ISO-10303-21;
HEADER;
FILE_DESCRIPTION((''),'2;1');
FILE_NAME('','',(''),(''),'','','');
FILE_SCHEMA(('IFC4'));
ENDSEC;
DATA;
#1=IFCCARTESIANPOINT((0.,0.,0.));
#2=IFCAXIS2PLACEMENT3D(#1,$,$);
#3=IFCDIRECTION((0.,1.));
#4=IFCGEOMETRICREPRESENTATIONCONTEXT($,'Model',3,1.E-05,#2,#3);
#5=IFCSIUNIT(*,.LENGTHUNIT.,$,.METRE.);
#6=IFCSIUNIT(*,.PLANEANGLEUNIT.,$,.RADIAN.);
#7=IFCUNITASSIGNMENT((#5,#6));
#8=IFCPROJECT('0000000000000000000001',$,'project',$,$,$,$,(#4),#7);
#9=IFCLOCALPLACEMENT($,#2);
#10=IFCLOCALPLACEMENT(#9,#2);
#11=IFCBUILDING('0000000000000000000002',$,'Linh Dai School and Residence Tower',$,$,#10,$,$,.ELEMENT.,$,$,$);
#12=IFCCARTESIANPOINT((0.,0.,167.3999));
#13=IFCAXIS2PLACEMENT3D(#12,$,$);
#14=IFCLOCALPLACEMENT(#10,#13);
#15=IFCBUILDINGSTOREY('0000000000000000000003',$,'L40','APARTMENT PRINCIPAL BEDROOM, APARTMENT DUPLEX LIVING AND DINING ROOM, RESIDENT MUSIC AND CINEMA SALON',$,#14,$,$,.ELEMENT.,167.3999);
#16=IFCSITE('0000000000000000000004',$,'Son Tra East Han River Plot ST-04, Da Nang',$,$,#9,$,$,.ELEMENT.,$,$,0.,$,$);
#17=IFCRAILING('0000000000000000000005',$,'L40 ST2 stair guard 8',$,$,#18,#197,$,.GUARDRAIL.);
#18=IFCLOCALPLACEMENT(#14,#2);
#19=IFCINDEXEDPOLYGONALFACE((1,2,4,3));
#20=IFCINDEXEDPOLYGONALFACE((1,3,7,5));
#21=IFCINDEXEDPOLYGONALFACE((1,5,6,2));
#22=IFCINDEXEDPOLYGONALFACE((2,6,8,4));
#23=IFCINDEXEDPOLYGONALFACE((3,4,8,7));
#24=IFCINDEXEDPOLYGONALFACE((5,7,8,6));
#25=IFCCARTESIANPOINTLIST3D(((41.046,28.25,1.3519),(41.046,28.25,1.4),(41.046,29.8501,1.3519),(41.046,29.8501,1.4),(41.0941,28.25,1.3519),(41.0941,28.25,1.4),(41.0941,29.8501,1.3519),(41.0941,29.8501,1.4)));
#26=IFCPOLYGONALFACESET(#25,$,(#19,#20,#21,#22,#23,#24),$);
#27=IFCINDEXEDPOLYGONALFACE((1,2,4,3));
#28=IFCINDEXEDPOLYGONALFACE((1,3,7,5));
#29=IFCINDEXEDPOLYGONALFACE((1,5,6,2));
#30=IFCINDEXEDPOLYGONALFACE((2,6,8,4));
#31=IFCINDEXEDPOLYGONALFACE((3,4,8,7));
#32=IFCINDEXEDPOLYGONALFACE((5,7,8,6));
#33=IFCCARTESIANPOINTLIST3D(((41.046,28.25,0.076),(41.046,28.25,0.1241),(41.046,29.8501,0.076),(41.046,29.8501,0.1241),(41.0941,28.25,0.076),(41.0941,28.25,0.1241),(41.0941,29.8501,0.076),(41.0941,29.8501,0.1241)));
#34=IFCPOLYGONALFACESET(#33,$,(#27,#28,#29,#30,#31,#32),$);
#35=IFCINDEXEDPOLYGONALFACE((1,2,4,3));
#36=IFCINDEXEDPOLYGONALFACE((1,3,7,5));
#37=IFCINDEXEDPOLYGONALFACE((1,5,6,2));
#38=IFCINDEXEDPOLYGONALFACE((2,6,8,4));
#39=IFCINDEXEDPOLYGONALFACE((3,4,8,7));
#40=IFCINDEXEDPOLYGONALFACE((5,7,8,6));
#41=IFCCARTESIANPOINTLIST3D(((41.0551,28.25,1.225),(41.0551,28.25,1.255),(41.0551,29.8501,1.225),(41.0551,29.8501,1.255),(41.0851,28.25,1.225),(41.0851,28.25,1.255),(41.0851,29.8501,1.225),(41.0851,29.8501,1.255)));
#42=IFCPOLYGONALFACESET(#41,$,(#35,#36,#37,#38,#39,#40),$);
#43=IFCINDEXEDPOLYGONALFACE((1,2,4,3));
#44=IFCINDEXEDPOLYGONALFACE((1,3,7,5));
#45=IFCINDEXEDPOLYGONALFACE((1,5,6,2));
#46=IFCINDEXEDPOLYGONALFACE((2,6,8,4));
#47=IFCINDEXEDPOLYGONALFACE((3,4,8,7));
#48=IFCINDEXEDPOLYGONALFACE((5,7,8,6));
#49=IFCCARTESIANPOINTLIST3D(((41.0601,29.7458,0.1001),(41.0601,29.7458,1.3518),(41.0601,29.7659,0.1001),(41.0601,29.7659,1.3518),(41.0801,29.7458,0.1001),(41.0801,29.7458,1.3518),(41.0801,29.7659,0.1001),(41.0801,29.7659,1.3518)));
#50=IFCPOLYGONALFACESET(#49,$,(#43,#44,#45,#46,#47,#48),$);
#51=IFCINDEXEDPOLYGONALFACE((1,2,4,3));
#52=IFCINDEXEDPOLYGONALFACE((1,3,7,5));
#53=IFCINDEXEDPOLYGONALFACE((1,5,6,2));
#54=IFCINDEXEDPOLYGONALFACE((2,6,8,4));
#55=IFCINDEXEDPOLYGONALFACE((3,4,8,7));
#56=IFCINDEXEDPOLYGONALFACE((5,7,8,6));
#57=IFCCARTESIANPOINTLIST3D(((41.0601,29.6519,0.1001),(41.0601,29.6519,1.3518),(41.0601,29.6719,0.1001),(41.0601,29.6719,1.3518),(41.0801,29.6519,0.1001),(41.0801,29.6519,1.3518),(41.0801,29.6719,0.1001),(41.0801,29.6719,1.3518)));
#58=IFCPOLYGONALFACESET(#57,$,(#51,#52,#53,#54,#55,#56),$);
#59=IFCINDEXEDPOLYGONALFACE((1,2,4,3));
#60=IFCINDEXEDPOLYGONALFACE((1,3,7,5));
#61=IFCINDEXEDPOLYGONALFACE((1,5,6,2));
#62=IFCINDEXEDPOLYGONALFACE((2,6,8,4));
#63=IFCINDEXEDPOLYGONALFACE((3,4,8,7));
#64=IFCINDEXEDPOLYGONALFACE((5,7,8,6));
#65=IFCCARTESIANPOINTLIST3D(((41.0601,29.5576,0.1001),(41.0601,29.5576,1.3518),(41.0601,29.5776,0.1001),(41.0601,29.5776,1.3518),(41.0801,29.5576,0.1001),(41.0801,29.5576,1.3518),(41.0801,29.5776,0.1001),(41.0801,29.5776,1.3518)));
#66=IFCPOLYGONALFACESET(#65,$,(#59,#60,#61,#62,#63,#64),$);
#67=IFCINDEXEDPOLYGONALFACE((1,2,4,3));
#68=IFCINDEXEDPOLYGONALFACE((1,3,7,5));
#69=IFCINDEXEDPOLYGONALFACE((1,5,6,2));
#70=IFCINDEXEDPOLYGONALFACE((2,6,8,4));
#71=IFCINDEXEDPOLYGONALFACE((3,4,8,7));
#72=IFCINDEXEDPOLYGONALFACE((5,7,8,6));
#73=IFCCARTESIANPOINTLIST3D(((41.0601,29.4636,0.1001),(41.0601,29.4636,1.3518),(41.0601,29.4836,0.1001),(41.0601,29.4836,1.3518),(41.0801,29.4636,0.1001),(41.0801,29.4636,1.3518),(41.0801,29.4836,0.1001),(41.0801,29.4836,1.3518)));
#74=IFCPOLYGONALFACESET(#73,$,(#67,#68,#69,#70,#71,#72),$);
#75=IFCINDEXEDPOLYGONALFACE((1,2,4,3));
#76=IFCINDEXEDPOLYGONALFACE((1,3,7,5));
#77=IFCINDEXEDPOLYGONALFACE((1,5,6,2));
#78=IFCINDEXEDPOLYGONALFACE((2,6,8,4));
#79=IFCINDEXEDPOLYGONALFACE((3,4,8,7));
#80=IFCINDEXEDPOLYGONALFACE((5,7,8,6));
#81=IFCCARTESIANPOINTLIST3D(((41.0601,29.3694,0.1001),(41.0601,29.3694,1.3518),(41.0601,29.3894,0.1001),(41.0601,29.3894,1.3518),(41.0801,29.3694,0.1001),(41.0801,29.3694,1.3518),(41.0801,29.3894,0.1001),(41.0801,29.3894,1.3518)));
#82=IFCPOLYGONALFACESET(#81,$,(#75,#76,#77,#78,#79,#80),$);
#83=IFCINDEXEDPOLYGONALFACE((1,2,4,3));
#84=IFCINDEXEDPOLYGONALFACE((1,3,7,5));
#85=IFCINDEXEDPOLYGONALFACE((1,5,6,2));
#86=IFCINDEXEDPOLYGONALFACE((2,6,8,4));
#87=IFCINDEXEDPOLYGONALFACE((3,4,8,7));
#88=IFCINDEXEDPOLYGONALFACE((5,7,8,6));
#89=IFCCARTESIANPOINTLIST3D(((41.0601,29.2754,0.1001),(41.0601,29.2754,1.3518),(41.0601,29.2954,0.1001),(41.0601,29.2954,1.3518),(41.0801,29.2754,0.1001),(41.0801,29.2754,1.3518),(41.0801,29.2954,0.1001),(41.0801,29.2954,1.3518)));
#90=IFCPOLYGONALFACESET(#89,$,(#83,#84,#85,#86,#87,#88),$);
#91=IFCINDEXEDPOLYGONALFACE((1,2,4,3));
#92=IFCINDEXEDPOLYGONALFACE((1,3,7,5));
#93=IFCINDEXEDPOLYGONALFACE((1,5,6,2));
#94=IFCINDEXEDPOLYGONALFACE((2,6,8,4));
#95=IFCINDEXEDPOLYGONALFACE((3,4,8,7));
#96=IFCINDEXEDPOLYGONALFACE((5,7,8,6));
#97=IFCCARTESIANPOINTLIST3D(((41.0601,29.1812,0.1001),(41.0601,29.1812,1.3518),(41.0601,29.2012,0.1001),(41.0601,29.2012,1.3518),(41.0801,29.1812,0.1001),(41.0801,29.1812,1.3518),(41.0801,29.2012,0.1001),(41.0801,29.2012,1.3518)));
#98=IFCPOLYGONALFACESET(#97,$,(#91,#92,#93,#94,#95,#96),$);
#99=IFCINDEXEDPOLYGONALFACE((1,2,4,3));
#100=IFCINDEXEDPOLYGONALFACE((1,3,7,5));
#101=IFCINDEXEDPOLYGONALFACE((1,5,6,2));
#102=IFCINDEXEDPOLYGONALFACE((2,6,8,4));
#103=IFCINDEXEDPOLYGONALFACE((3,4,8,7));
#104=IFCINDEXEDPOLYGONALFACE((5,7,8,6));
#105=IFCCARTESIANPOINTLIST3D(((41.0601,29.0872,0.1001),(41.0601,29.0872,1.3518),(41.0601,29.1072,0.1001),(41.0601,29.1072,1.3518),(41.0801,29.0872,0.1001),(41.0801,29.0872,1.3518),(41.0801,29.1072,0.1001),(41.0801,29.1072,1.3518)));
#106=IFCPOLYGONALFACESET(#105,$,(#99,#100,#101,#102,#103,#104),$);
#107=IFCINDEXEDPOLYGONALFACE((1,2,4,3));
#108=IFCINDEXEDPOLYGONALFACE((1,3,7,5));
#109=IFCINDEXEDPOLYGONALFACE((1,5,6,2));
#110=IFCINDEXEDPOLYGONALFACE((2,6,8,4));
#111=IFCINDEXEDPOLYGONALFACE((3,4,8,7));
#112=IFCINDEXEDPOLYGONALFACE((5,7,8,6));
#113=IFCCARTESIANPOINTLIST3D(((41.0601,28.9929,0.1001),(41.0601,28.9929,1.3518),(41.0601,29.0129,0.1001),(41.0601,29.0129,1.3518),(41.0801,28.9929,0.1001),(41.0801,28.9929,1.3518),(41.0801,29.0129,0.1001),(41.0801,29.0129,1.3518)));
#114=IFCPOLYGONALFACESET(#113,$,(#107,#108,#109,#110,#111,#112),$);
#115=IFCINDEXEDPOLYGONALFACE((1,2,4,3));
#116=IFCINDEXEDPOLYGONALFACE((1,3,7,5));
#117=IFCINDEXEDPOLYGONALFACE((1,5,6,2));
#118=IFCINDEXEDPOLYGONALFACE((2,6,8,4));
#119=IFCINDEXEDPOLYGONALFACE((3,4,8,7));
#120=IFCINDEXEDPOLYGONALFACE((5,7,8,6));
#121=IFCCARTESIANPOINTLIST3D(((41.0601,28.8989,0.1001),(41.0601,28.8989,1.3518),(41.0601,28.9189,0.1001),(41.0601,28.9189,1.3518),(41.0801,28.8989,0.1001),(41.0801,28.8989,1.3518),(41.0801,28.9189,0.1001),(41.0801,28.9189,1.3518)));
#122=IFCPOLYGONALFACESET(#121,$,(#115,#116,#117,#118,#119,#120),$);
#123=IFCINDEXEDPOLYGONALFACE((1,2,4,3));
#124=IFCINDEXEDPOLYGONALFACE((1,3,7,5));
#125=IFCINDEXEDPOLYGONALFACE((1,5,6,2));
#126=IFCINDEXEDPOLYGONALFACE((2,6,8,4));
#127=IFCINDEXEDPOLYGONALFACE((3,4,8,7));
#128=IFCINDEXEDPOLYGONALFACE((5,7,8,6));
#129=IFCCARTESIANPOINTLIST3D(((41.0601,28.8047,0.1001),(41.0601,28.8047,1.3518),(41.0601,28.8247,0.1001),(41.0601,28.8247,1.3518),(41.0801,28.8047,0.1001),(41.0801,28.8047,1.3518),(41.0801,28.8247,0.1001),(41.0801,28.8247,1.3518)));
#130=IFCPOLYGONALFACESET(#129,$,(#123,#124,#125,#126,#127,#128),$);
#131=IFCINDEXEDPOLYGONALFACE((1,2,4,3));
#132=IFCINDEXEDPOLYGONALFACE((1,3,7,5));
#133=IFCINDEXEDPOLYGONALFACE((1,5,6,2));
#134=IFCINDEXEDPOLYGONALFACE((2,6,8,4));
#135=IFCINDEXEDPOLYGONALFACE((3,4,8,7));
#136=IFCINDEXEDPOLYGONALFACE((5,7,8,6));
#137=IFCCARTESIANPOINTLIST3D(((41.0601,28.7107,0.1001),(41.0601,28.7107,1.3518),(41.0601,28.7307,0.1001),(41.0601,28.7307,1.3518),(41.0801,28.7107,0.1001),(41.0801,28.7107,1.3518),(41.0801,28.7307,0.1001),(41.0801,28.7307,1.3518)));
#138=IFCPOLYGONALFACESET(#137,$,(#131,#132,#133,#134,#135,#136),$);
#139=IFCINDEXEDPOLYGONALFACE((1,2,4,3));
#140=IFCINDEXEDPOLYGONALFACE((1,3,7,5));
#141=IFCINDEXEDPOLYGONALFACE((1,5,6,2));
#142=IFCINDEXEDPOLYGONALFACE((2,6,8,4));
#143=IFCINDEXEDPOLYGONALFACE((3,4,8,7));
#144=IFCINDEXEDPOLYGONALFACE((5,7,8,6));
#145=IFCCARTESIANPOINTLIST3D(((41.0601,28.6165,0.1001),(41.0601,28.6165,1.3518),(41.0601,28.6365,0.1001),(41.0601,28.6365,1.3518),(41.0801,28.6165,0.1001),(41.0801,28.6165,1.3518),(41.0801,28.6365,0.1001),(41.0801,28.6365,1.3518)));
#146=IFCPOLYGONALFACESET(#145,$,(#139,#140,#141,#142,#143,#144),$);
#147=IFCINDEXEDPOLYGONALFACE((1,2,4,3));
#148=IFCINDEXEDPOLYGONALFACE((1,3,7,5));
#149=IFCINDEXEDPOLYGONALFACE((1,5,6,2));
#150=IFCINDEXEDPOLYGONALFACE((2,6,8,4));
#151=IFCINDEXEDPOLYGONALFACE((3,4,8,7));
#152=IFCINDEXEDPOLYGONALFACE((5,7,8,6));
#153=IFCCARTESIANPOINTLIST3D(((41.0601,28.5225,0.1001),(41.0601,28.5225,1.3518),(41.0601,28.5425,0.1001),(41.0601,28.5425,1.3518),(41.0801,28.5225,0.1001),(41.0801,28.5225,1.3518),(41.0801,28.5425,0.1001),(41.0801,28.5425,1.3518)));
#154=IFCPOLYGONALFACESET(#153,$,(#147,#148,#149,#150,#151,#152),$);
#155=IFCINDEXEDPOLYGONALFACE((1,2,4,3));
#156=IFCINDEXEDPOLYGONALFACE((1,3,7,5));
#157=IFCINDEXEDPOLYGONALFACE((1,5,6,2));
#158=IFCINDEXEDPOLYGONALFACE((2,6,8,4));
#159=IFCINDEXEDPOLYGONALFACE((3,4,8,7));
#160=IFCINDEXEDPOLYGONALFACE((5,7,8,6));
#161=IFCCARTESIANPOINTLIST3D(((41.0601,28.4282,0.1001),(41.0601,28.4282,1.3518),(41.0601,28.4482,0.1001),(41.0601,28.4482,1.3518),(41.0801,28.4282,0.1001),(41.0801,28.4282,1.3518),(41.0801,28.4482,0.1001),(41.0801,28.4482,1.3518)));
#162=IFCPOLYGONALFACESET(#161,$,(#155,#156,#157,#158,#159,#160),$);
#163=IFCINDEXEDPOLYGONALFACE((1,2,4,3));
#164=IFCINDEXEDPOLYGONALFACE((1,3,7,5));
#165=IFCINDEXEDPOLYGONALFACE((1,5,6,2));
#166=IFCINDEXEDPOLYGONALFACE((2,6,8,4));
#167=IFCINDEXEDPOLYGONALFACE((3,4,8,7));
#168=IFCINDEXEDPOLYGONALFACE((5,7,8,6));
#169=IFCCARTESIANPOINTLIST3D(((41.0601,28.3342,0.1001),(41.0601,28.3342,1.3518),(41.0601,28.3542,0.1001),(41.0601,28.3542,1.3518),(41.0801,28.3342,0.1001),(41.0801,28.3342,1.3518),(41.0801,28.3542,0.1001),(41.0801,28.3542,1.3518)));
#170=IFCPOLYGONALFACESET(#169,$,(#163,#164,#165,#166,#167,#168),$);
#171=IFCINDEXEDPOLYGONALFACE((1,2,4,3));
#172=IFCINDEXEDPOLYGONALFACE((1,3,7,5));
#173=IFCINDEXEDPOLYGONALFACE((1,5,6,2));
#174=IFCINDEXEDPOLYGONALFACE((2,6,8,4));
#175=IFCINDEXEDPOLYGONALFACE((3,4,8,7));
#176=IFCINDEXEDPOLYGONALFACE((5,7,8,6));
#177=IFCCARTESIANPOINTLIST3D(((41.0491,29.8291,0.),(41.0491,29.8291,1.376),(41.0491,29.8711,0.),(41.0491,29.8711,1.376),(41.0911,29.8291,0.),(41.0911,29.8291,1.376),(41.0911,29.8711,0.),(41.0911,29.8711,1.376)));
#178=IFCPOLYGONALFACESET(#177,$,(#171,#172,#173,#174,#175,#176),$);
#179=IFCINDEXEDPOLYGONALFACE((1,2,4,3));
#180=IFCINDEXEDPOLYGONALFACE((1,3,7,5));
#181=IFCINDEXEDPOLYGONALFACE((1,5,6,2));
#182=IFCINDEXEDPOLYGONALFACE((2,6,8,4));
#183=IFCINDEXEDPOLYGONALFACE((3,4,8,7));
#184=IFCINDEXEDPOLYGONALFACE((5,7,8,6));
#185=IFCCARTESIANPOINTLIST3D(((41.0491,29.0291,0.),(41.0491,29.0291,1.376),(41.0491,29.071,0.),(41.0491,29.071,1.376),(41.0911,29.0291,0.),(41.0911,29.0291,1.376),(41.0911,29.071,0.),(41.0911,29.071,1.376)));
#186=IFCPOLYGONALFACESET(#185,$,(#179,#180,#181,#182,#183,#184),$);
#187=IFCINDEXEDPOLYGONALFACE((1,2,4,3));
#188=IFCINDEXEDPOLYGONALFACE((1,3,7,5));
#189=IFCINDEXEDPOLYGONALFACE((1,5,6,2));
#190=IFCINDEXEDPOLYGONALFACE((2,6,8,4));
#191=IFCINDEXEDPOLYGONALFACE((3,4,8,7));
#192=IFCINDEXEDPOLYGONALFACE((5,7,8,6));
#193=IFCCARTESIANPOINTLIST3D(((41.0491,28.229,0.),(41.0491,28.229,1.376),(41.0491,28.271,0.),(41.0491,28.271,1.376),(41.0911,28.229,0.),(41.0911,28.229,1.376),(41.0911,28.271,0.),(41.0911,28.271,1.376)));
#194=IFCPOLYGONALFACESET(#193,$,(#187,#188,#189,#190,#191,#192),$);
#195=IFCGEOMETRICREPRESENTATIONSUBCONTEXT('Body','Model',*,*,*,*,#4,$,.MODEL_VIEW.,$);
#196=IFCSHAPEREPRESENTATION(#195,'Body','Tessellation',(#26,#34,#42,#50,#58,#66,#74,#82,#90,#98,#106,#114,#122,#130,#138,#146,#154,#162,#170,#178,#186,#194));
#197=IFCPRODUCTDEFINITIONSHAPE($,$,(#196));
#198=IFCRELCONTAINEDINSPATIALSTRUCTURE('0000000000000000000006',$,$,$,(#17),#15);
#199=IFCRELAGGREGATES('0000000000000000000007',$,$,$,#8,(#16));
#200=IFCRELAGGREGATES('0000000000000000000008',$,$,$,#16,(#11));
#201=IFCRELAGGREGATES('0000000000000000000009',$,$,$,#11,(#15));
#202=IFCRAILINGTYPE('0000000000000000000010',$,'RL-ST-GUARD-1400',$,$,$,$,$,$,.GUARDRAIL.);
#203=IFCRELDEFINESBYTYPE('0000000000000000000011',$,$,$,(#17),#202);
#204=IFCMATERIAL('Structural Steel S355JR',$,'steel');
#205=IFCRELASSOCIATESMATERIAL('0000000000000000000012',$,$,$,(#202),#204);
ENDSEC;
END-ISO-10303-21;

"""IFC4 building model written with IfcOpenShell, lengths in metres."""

from ifc_helpers import new_model, si_unit, direction, frame, origin, origin_2d, place, context, subcontext, project, spatial, rectangle, extrude, source, transform, mapped, material, type_object, element, save


model = new_model("IFC4")

# Units and contexts
model_context = context("Model", 3, precision=1e-05, world=origin(), true_north=direction((0.0, 1.0)))
body_context = subcontext(model_context, "Body", "Model", "MODEL_VIEW")
ifc_project = project(units=[si_unit("LENGTHUNIT", "METRE"), si_unit("PLANEANGLEUNIT", "RADIAN")], contexts=[model_context])

# Site, building, storey
site_placement = place(None, origin())
site = spatial("IfcSite", under=ifc_project, at=site_placement, Name="Son Tra East Han River Plot ST-04, Da Nang", CompositionType="ELEMENT", RefElevation=0.0)
building_placement = place(site_placement, origin())
building = spatial("IfcBuilding", under=site, at=building_placement, Name="Linh Dai School and Residence Tower", CompositionType="ELEMENT")
storey_placement = place(building_placement, frame((0.0, 0.0, 167.3999)))
storey = spatial("IfcBuildingStorey", under=building, at=storey_placement, Name="L40", Description="APARTMENT PRINCIPAL BEDROOM, APARTMENT DUPLEX LIVING AND DINING ROOM, RESIDENT MUSIC AND CINEMA SALON", CompositionType="ELEMENT", Elevation=167.3999)

# Shared definitions
ifc_material_1 = material(Name="Structural Steel S355JR", Category="steel")

# Railing
railing_type_1 = type_object("IfcRailingType", Name="RL-ST-GUARD-1400", PredefinedType="GUARDRAIL", material=ifc_material_1)
shared_shape_1 = source(origin(), body_context, "Body", "SweptSolid", [
    extrude(rectangle(XDim=0.0481, YDim=0.0481, at=origin_2d()), frame((0.0, 0.0, 1.376), z_axis=(0.0, -1.0, 0.0), x_axis=(1.0, 0.0, 0.0)), (0.0, 0.0, 1.0), 1.6001),
    extrude(rectangle(XDim=0.0481, YDim=0.0481, at=origin_2d()), frame((0.0, 0.0, 0.1001), z_axis=(0.0, -1.0, 0.0), x_axis=(1.0, 0.0, 0.0)), (0.0, 0.0, 1.0), 1.6001),
    extrude(rectangle(XDim=0.03, YDim=0.03, at=origin_2d()), frame((0.0, 0.0, 1.24), z_axis=(0.0, -1.0, 0.0), x_axis=(1.0, 0.0, 0.0)), (0.0, 0.0, 1.0), 1.6001),
    extrude(rectangle(XDim=0.02, YDim=0.02, at=origin_2d()), frame((0.0, -0.0942, 0.1001)), (0.0, 0.0, 1.0), 1.2517),
    extrude(rectangle(XDim=0.02, YDim=0.02, at=origin_2d()), frame((0.0, -0.1882, 0.1001)), (0.0, 0.0, 1.0), 1.2517),
    extrude(rectangle(XDim=0.02, YDim=0.02, at=origin_2d()), frame((0.0, -0.2825, 0.1001)), (0.0, 0.0, 1.0), 1.2517),
    extrude(rectangle(XDim=0.02, YDim=0.02, at=origin_2d()), frame((0.0, -0.3765, 0.1001)), (0.0, 0.0, 1.0), 1.2517),
    extrude(rectangle(XDim=0.02, YDim=0.02, at=origin_2d()), frame((0.0, -0.4707, 0.1001)), (0.0, 0.0, 1.0), 1.2517),
    extrude(rectangle(XDim=0.02, YDim=0.02, at=origin_2d()), frame((0.0, -0.5647, 0.1001)), (0.0, 0.0, 1.0), 1.2517),
    extrude(rectangle(XDim=0.02, YDim=0.02, at=origin_2d()), frame((0.0, -0.6589, 0.1001)), (0.0, 0.0, 1.0), 1.2517),
    extrude(rectangle(XDim=0.02, YDim=0.02, at=origin_2d()), frame((0.0, -0.7529, 0.1001)), (0.0, 0.0, 1.0), 1.2517),
    extrude(rectangle(XDim=0.02, YDim=0.02, at=origin_2d()), frame((0.0, -0.8472, 0.1001)), (0.0, 0.0, 1.0), 1.2517),
    extrude(rectangle(XDim=0.02, YDim=0.02, at=origin_2d()), frame((0.0, -0.9412, 0.1001)), (0.0, 0.0, 1.0), 1.2517),
    extrude(rectangle(XDim=0.02, YDim=0.02, at=origin_2d()), frame((0.0, -1.0354, 0.1001)), (0.0, 0.0, 1.0), 1.2517),
    extrude(rectangle(XDim=0.02, YDim=0.02, at=origin_2d()), frame((0.0, -1.1294, 0.1001)), (0.0, 0.0, 1.0), 1.2517),
    extrude(rectangle(XDim=0.02, YDim=0.02, at=origin_2d()), frame((0.0, -1.2236, 0.1001)), (0.0, 0.0, 1.0), 1.2517),
    extrude(rectangle(XDim=0.02, YDim=0.02, at=origin_2d()), frame((0.0, -1.3176, 0.1001)), (0.0, 0.0, 1.0), 1.2517),
    extrude(rectangle(XDim=0.02, YDim=0.02, at=origin_2d()), frame((0.0, -1.4119, 0.1001)), (0.0, 0.0, 1.0), 1.2517),
    extrude(rectangle(XDim=0.02, YDim=0.02, at=origin_2d()), frame((0.0, -1.5059, 0.1001)), (0.0, 0.0, 1.0), 1.2517),
    extrude(rectangle(XDim=0.042, YDim=0.042, at=origin_2d()), origin(), (0.0, 0.0, 1.0), 1.376),
    extrude(rectangle(XDim=0.042, YDim=0.042, at=origin_2d()), frame((0.0, -0.8, 0.0)), (0.0, 0.0, 1.0), 1.376),
    extrude(rectangle(XDim=0.042, YDim=0.042, at=origin_2d()), frame((0.0, -1.6001, 0.0)), (0.0, 0.0, 1.0), 1.376),
])
for number, where, name in (
    (1, (41.0701, 29.8501, 0.0), "L40 ST2 stair guard 8"),
):
    element("IfcRailing", number, at=place(storey_placement, frame(where)), inside=storey, type_object=railing_type_1, Name=name, PredefinedType="GUARDRAIL", context=body_context, shape_type="MappedRepresentation", body=[
        mapped(shared_shape_1, transform((0.0, 0.0, 0.0), x_axis=(1.0, 0.0, 0.0), y_axis=(0.0, 1.0, 0.0), z_axis=(0.0, 0.0, 1.0), scale=1.0)),
    ])

save(model, "model.ifc")
